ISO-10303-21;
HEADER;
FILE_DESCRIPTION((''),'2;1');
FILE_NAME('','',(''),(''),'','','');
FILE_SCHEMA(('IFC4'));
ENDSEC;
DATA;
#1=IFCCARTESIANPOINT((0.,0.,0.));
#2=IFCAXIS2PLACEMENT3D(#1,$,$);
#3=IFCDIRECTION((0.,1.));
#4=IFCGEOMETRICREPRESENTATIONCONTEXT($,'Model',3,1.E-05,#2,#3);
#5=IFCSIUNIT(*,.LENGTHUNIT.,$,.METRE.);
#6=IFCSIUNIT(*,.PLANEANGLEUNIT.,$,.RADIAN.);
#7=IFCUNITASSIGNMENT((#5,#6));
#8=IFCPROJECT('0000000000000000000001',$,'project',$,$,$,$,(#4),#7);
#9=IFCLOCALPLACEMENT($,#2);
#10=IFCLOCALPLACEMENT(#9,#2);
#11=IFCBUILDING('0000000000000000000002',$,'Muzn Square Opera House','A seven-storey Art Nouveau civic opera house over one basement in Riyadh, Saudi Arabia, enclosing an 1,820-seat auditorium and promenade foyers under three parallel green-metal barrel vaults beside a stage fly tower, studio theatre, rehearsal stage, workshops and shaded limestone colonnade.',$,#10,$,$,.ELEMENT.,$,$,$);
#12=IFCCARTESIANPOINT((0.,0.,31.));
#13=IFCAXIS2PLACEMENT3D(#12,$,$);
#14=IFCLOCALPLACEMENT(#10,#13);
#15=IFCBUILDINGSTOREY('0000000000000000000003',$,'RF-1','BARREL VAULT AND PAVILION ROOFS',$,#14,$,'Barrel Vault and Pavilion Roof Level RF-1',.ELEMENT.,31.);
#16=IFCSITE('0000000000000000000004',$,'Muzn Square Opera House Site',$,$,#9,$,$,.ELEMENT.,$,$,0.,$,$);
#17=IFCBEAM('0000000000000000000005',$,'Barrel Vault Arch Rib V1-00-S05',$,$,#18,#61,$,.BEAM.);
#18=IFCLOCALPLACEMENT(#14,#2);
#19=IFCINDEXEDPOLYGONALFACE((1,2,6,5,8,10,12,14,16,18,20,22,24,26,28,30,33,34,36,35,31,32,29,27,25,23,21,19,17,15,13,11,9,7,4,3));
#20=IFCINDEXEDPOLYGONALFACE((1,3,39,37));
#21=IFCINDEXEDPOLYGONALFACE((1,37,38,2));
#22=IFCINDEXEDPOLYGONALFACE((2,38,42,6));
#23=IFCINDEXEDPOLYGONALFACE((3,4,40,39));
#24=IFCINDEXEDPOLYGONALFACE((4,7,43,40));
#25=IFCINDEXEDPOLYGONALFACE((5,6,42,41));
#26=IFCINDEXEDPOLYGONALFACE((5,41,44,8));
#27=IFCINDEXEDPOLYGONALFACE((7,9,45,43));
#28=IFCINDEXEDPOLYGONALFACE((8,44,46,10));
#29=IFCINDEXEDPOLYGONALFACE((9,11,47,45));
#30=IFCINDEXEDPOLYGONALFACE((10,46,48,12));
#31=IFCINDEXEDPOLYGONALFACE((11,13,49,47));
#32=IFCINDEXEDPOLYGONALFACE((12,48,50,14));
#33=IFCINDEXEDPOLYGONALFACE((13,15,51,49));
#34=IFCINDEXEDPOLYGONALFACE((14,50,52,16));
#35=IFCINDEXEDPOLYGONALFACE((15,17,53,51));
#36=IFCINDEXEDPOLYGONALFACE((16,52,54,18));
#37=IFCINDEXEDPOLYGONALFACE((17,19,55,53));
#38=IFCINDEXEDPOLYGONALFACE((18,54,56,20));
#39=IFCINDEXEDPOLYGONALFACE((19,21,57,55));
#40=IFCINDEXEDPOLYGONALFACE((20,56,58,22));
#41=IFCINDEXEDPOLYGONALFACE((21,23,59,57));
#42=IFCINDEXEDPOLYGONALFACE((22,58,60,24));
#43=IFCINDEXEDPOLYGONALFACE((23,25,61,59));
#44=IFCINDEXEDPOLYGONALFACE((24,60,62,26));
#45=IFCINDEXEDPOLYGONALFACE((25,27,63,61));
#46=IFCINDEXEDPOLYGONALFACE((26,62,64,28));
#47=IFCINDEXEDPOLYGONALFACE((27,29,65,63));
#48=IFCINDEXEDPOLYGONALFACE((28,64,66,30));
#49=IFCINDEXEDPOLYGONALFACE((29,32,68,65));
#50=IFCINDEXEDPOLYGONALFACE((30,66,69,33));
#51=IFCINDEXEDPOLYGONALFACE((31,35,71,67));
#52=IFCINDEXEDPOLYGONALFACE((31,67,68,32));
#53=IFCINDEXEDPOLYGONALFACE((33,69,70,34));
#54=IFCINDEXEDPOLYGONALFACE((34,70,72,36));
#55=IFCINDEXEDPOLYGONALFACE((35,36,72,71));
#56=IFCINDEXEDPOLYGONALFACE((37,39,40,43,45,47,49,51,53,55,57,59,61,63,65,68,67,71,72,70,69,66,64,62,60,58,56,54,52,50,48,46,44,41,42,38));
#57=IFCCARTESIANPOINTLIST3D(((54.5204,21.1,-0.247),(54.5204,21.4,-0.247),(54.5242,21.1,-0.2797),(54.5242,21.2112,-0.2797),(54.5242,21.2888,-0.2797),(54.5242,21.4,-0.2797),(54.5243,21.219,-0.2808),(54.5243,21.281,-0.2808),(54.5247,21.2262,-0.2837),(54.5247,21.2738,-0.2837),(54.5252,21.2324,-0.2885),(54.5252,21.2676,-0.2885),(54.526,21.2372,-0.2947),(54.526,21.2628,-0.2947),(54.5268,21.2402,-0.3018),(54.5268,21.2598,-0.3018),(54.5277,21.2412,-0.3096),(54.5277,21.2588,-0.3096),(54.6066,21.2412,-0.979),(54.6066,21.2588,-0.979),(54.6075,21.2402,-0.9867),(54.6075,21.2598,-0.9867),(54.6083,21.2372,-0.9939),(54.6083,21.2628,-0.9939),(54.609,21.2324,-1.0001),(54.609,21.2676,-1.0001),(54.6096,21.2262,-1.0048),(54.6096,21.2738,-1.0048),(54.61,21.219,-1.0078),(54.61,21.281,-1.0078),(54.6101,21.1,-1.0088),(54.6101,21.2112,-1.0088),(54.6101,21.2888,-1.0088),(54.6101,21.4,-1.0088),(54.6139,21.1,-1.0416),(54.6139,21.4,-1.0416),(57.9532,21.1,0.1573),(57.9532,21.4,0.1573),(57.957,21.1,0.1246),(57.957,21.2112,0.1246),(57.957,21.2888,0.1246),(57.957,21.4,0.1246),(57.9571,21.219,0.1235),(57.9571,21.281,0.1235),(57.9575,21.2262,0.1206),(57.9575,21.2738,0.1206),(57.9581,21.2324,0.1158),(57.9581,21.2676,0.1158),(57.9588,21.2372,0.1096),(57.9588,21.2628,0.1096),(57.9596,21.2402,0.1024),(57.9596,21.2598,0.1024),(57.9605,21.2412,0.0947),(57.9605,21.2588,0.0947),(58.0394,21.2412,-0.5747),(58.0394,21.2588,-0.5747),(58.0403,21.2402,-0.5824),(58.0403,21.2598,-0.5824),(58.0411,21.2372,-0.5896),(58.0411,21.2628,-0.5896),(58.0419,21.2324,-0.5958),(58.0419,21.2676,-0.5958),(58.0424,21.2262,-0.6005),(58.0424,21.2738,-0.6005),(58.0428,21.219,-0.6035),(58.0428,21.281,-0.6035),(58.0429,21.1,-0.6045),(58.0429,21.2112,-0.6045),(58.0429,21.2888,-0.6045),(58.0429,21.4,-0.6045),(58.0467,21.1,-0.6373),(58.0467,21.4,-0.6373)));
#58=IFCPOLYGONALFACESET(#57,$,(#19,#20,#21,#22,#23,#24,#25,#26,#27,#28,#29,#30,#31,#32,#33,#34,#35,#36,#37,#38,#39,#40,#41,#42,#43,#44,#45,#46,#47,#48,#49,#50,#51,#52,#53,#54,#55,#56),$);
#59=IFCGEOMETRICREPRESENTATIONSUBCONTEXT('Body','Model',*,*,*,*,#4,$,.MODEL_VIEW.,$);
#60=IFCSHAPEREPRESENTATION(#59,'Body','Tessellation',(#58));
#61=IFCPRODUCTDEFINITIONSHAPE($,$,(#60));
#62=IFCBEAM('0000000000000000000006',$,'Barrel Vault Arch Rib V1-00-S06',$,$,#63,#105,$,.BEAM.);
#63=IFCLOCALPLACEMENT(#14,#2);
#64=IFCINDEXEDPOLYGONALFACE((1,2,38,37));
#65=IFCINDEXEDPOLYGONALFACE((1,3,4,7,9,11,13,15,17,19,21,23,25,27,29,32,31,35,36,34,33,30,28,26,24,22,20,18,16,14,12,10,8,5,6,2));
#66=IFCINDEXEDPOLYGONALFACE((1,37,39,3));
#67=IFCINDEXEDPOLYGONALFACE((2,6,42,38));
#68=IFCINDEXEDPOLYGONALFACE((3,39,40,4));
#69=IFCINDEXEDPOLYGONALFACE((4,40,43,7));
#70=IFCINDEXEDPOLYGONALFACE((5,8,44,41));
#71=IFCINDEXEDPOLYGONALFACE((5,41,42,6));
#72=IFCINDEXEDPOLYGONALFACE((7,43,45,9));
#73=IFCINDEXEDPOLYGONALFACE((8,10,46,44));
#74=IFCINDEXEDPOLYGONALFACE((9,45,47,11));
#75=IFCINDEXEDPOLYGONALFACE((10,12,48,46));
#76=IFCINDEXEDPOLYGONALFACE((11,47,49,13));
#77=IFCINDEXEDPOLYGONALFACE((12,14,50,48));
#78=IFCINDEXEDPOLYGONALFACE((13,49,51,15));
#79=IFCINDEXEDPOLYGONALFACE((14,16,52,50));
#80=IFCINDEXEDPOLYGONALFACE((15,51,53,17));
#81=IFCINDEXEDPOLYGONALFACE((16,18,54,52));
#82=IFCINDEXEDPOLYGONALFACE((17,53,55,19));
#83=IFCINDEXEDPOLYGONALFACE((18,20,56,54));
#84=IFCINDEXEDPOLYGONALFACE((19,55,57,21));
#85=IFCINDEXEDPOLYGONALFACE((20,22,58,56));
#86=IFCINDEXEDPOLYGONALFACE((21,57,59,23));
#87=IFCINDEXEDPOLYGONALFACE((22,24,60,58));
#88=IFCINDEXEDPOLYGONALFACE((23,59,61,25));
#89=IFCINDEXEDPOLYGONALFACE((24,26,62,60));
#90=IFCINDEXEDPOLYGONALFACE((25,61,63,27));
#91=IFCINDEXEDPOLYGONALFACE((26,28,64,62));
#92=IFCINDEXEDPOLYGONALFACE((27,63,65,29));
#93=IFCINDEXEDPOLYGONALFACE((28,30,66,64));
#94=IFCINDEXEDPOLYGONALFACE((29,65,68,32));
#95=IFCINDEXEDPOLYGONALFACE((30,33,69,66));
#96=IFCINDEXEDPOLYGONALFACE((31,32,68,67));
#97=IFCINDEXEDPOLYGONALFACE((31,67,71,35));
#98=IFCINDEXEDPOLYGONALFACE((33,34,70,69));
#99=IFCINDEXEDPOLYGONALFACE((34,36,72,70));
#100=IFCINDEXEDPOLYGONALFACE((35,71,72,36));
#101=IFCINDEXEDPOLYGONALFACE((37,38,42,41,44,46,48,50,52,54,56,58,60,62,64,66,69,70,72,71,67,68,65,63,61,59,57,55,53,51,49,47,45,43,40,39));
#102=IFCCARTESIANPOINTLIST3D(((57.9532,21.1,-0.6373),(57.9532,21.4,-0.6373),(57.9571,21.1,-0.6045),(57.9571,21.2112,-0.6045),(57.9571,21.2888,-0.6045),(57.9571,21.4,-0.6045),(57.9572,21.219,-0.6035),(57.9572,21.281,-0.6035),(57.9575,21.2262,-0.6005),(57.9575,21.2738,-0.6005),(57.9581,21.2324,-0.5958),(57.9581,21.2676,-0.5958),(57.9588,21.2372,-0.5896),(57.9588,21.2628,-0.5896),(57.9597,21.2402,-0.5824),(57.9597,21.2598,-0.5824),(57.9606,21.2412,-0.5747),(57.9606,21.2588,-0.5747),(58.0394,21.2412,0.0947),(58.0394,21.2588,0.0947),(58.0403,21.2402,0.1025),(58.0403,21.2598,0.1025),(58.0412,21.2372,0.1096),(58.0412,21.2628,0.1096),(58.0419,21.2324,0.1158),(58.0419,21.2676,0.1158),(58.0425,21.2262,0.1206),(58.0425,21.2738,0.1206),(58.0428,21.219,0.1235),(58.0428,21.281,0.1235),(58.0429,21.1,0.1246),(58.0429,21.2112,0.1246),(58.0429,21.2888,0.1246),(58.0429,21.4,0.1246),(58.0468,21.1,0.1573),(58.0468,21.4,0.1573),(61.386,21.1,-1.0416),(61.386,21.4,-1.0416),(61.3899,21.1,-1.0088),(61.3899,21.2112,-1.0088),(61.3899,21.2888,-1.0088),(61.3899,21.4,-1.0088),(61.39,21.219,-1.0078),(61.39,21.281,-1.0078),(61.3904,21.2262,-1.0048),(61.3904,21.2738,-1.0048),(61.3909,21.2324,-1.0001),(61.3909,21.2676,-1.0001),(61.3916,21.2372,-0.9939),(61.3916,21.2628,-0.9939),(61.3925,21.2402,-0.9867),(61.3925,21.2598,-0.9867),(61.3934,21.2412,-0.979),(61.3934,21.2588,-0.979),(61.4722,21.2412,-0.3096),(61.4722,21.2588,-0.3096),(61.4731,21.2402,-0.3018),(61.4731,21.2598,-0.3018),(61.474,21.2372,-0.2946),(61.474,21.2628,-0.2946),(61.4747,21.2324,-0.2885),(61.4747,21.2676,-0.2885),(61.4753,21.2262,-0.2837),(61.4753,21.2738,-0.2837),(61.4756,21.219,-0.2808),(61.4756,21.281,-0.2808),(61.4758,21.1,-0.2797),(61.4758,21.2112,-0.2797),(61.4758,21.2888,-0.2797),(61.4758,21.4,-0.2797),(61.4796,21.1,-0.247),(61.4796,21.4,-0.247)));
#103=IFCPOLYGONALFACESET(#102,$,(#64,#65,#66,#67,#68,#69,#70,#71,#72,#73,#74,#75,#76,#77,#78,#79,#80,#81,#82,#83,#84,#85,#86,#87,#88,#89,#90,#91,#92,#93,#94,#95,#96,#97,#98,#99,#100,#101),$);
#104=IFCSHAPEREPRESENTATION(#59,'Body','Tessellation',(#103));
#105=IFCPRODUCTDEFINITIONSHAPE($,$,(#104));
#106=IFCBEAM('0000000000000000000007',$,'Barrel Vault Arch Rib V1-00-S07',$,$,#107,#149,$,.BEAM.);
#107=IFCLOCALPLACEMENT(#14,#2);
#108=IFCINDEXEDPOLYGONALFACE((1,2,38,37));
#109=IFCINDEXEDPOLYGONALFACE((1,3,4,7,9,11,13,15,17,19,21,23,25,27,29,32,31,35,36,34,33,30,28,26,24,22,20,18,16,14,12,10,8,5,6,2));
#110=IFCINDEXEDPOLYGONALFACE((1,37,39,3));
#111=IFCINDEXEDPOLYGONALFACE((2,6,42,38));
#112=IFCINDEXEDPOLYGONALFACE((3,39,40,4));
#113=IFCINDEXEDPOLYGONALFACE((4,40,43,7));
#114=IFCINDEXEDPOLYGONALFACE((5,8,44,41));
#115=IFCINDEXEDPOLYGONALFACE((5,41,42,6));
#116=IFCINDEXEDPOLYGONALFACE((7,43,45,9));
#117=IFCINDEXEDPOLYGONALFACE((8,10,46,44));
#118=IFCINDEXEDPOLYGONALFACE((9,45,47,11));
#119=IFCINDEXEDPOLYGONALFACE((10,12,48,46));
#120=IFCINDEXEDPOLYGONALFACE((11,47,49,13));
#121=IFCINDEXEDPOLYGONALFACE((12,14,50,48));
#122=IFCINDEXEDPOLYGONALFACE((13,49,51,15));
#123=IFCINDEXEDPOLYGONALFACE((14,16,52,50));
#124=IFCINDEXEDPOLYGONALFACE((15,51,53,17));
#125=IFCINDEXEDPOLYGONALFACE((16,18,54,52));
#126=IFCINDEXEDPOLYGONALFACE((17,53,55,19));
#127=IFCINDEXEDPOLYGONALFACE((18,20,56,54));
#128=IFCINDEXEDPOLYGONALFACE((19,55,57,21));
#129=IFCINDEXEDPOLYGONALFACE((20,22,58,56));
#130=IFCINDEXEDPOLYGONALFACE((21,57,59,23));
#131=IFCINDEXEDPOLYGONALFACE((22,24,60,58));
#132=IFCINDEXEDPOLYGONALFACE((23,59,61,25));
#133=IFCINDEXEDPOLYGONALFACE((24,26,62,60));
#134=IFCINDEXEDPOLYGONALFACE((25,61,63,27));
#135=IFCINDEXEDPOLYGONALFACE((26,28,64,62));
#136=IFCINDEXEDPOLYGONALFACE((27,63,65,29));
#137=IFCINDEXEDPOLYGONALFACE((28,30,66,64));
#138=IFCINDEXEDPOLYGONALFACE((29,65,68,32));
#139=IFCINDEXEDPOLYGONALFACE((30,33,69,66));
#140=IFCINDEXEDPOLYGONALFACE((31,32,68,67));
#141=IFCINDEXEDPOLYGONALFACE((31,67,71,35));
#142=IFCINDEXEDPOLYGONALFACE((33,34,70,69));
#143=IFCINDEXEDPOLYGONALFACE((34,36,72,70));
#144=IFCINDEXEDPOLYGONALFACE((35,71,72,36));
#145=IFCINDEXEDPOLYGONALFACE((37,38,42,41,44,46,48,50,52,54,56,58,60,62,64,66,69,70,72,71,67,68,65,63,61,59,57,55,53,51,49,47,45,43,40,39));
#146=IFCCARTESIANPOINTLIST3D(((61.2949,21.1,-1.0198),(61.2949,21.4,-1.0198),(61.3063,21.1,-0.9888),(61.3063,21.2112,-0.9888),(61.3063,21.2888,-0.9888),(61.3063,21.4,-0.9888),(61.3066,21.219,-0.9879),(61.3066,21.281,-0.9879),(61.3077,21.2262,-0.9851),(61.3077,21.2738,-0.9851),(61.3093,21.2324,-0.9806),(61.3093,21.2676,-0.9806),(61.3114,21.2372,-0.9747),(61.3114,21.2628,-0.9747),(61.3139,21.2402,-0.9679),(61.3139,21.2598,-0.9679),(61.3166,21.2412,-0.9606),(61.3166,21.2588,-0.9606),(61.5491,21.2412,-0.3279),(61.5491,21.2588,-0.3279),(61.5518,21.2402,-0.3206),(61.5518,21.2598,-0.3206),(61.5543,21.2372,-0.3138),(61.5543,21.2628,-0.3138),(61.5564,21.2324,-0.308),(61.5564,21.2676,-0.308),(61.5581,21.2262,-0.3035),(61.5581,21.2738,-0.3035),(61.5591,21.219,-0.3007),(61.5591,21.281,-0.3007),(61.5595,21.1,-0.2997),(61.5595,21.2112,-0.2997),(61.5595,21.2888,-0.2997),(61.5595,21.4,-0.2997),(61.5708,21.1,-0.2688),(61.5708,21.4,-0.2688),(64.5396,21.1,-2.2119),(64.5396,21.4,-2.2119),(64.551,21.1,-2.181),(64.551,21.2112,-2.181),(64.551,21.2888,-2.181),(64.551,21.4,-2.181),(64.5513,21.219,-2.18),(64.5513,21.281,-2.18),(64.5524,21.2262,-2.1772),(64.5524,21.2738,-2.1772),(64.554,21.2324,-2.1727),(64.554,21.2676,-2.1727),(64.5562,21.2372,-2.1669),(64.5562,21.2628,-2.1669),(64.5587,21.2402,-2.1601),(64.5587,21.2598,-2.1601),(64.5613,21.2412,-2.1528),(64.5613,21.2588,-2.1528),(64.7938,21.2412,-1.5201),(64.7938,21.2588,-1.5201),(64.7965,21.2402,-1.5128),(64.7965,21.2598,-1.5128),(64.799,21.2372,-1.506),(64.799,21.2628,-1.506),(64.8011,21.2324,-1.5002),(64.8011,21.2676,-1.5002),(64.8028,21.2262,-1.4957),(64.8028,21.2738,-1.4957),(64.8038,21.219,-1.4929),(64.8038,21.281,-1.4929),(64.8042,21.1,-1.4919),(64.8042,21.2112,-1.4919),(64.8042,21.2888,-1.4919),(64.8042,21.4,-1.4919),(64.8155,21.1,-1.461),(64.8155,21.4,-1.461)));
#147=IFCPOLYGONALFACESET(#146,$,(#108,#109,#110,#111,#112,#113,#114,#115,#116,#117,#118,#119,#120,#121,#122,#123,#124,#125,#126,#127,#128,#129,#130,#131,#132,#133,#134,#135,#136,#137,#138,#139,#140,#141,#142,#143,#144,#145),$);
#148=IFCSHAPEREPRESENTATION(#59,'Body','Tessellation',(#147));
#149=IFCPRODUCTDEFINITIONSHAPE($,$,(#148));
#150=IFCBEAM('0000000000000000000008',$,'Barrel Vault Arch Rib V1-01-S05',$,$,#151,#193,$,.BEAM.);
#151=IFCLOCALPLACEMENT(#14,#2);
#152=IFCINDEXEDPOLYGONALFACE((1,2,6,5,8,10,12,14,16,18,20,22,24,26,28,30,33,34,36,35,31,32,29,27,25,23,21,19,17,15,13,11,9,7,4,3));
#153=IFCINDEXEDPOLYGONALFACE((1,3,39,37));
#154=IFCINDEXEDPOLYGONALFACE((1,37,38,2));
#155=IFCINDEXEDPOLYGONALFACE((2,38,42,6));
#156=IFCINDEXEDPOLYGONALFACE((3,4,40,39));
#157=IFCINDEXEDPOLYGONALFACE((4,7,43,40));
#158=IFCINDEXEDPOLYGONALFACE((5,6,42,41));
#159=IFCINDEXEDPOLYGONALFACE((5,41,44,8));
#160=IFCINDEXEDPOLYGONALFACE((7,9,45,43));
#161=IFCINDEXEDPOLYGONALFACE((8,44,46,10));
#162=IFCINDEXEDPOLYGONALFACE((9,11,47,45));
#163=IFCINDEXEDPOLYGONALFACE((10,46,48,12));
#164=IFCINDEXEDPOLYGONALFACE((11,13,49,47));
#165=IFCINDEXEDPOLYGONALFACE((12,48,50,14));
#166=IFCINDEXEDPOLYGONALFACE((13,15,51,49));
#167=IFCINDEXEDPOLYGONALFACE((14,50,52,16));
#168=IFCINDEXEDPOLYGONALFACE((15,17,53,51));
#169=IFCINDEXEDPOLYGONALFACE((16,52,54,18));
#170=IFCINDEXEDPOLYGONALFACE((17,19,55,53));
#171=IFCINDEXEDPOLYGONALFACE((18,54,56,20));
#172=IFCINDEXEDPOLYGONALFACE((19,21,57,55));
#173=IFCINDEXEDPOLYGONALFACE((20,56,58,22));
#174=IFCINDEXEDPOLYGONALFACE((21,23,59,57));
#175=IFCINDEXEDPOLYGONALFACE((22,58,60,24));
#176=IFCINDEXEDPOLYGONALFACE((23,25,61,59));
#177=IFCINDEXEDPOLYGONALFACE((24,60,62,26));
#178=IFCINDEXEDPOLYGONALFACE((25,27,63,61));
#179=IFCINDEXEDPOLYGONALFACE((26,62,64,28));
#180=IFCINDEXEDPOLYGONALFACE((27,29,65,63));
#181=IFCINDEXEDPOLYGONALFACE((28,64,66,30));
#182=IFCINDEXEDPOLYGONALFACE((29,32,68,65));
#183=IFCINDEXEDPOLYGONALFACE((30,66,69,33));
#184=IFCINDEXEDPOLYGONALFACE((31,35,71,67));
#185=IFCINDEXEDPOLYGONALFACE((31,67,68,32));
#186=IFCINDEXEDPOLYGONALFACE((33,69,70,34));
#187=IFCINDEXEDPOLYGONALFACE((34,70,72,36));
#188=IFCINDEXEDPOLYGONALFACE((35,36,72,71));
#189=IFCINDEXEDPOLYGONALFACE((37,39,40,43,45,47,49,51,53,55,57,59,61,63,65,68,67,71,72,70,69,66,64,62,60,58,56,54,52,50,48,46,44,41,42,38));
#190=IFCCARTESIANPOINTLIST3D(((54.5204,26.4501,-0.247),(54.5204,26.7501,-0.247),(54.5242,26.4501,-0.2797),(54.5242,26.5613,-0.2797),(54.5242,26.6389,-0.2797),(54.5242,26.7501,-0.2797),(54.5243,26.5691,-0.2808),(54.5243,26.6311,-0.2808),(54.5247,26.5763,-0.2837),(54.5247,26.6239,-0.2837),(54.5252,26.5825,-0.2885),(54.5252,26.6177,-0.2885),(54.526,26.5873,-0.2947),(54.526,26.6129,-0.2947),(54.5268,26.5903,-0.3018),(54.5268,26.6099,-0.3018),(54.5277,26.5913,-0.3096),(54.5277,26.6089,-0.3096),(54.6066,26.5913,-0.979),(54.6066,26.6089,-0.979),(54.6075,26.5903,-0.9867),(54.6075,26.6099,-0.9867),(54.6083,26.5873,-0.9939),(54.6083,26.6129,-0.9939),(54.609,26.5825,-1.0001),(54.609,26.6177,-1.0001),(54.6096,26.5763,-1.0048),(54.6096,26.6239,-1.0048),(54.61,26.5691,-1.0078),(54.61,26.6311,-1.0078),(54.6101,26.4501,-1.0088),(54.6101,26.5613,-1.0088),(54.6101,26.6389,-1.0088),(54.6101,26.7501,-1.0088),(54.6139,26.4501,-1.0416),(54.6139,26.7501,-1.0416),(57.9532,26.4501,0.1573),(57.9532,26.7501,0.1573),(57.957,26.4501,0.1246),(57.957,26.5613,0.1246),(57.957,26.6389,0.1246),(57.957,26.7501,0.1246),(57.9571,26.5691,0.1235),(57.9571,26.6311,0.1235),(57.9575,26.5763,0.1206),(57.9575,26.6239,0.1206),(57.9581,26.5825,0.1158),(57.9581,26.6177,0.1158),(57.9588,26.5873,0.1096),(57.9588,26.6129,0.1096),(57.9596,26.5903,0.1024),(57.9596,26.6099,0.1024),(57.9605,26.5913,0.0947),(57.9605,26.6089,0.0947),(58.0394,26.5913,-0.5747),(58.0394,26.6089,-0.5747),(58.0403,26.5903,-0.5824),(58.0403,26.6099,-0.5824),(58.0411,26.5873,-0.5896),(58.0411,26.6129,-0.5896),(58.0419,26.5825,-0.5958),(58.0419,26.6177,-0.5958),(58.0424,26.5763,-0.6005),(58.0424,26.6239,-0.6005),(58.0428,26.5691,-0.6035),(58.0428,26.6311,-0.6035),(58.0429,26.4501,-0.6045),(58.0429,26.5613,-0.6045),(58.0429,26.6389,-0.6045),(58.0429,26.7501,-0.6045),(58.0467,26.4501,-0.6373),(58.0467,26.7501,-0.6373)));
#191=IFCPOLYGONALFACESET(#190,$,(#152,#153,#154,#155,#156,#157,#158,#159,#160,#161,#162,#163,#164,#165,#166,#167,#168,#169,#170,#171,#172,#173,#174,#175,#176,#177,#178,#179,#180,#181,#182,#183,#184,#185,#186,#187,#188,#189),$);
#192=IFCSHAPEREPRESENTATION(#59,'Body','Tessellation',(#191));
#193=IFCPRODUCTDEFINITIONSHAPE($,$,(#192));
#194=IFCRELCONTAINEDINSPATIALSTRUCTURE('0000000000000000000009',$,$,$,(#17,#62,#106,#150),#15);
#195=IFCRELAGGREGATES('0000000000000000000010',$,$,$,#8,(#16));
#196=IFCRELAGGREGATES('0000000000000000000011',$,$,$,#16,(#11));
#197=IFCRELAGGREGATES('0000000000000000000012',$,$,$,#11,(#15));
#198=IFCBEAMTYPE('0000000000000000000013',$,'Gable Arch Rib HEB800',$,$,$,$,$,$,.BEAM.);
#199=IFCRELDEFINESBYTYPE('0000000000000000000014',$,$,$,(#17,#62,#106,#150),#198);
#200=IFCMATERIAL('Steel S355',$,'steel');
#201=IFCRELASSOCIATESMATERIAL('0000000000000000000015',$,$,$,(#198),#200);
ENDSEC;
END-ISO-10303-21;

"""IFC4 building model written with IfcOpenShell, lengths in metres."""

from ifc_helpers import new_model, si_unit, direction, frame, origin, origin_2d, place, context, subcontext, project, spatial, i_section, extrude, material, material_profile, profile_set, type_object, element, save


model = new_model("IFC4")

# Units and contexts
model_context = context("Model", 3, precision=1e-05, world=origin(), true_north=direction((0.0, 1.0)))
body_context = subcontext(model_context, "Body", "Model", "MODEL_VIEW")
ifc_project = project(units=[si_unit("LENGTHUNIT", "METRE"), si_unit("PLANEANGLEUNIT", "RADIAN")], contexts=[model_context])

# Site, building, storey
site_placement = place(None, origin())
site = spatial("IfcSite", under=ifc_project, at=site_placement, Name="Muzn Square Opera House Site", CompositionType="ELEMENT", RefElevation=0.0)
building_placement = place(site_placement, origin())
building = spatial("IfcBuilding", under=site, at=building_placement, Name="Muzn Square Opera House", Description="A seven-storey Art Nouveau civic opera house over one basement in Riyadh, Saudi Arabia, enclosing an 1,820-seat auditorium and promenade foyers under three parallel green-metal barrel vaults beside a stage fly tower, studio theatre, rehearsal stage, workshops and shaded limestone colonnade.", CompositionType="ELEMENT")
storey_placement = place(building_placement, frame((0.0, 0.0, 31.0)))
storey = spatial("IfcBuildingStorey", under=building, at=storey_placement, Name="RF-1", Description="BARREL VAULT AND PAVILION ROOFS", LongName="Barrel Vault and Pavilion Roof Level RF-1", CompositionType="ELEMENT", Elevation=31.0)

# Beams
ifc_material_1 = material(Name="Steel S355", Category="steel")
ifc_material_profile_1 = material_profile(ifc_material_1, i_section(OverallWidth=0.3, OverallDepth=0.8, WebThickness=0.0176, FlangeThickness=0.033, FilletRadius=0.03, at=origin_2d()), Name="HEB 800", Category="steel")
ifc_profile_set_1 = profile_set([ifc_material_profile_1], Name="Steel S355")
beam_type_1 = type_object("IfcBeamType", Name="Gable Arch Rib HEB800", PredefinedType="BEAM", material=ifc_profile_set_1)
for number, where, z_axis, x_axis, name in (
    (1, (54.5671, 21.25, -0.6443), (0.993136, 0.0, 0.116964), (0.0, 1.0, 0.0), "Barrel Vault Arch Rib V1-00-S05"),
    (2, (58.0, 21.25, -0.24), (0.993136, 0.0, -0.116964), (0.0, 1.0, 0.0), "Barrel Vault Arch Rib V1-00-S06"),
):
    element("IfcBeam", number, at=place(storey_placement, frame(where, z_axis=z_axis, x_axis=x_axis)), inside=storey, type_object=beam_type_1, Name=name, PredefinedType="BEAM", context=body_context, shape_type="SweptSolid", body=[
        extrude(i_section(OverallWidth=0.3, OverallDepth=0.8, WebThickness=0.0176, FlangeThickness=0.033, FilletRadius=0.03, at=origin_2d()), origin(), (0.0, 0.0, 1.0), 3.4565),
    ])
beam_1_placement = place(storey_placement, frame((61.4329, 21.25, -0.6443), z_axis=(0.938648, 0.0, -0.344877), x_axis=(0.0, 1.0, 0.0)))
element("IfcBeam", 3, at=beam_1_placement, inside=storey, type_object=beam_type_1, Name="Barrel Vault Arch Rib V1-00-S07", PredefinedType="BEAM", context=body_context, shape_type="SweptSolid", body=[
    extrude(i_section(OverallWidth=0.3, OverallDepth=0.8, WebThickness=0.0176, FlangeThickness=0.033, FilletRadius=0.03, at=origin_2d()), origin(), (0.0, 0.0, 1.0), 3.4568),
])
for number, where, z_axis, x_axis, name in (
    (4, (54.5671, 26.6001, -0.6443), (0.993136, 0.0, 0.116964), (0.0, 1.0, 0.0), "Barrel Vault Arch Rib V1-01-S05"),
):
    element("IfcBeam", number, at=place(storey_placement, frame(where, z_axis=z_axis, x_axis=x_axis)), inside=storey, type_object=beam_type_1, Name=name, PredefinedType="BEAM", context=body_context, shape_type="SweptSolid", body=[
        extrude(i_section(OverallWidth=0.3, OverallDepth=0.8, WebThickness=0.0176, FlangeThickness=0.033, FilletRadius=0.03, at=origin_2d()), origin(), (0.0, 0.0, 1.0), 3.4565),
    ])

save(model, "model.ifc")
